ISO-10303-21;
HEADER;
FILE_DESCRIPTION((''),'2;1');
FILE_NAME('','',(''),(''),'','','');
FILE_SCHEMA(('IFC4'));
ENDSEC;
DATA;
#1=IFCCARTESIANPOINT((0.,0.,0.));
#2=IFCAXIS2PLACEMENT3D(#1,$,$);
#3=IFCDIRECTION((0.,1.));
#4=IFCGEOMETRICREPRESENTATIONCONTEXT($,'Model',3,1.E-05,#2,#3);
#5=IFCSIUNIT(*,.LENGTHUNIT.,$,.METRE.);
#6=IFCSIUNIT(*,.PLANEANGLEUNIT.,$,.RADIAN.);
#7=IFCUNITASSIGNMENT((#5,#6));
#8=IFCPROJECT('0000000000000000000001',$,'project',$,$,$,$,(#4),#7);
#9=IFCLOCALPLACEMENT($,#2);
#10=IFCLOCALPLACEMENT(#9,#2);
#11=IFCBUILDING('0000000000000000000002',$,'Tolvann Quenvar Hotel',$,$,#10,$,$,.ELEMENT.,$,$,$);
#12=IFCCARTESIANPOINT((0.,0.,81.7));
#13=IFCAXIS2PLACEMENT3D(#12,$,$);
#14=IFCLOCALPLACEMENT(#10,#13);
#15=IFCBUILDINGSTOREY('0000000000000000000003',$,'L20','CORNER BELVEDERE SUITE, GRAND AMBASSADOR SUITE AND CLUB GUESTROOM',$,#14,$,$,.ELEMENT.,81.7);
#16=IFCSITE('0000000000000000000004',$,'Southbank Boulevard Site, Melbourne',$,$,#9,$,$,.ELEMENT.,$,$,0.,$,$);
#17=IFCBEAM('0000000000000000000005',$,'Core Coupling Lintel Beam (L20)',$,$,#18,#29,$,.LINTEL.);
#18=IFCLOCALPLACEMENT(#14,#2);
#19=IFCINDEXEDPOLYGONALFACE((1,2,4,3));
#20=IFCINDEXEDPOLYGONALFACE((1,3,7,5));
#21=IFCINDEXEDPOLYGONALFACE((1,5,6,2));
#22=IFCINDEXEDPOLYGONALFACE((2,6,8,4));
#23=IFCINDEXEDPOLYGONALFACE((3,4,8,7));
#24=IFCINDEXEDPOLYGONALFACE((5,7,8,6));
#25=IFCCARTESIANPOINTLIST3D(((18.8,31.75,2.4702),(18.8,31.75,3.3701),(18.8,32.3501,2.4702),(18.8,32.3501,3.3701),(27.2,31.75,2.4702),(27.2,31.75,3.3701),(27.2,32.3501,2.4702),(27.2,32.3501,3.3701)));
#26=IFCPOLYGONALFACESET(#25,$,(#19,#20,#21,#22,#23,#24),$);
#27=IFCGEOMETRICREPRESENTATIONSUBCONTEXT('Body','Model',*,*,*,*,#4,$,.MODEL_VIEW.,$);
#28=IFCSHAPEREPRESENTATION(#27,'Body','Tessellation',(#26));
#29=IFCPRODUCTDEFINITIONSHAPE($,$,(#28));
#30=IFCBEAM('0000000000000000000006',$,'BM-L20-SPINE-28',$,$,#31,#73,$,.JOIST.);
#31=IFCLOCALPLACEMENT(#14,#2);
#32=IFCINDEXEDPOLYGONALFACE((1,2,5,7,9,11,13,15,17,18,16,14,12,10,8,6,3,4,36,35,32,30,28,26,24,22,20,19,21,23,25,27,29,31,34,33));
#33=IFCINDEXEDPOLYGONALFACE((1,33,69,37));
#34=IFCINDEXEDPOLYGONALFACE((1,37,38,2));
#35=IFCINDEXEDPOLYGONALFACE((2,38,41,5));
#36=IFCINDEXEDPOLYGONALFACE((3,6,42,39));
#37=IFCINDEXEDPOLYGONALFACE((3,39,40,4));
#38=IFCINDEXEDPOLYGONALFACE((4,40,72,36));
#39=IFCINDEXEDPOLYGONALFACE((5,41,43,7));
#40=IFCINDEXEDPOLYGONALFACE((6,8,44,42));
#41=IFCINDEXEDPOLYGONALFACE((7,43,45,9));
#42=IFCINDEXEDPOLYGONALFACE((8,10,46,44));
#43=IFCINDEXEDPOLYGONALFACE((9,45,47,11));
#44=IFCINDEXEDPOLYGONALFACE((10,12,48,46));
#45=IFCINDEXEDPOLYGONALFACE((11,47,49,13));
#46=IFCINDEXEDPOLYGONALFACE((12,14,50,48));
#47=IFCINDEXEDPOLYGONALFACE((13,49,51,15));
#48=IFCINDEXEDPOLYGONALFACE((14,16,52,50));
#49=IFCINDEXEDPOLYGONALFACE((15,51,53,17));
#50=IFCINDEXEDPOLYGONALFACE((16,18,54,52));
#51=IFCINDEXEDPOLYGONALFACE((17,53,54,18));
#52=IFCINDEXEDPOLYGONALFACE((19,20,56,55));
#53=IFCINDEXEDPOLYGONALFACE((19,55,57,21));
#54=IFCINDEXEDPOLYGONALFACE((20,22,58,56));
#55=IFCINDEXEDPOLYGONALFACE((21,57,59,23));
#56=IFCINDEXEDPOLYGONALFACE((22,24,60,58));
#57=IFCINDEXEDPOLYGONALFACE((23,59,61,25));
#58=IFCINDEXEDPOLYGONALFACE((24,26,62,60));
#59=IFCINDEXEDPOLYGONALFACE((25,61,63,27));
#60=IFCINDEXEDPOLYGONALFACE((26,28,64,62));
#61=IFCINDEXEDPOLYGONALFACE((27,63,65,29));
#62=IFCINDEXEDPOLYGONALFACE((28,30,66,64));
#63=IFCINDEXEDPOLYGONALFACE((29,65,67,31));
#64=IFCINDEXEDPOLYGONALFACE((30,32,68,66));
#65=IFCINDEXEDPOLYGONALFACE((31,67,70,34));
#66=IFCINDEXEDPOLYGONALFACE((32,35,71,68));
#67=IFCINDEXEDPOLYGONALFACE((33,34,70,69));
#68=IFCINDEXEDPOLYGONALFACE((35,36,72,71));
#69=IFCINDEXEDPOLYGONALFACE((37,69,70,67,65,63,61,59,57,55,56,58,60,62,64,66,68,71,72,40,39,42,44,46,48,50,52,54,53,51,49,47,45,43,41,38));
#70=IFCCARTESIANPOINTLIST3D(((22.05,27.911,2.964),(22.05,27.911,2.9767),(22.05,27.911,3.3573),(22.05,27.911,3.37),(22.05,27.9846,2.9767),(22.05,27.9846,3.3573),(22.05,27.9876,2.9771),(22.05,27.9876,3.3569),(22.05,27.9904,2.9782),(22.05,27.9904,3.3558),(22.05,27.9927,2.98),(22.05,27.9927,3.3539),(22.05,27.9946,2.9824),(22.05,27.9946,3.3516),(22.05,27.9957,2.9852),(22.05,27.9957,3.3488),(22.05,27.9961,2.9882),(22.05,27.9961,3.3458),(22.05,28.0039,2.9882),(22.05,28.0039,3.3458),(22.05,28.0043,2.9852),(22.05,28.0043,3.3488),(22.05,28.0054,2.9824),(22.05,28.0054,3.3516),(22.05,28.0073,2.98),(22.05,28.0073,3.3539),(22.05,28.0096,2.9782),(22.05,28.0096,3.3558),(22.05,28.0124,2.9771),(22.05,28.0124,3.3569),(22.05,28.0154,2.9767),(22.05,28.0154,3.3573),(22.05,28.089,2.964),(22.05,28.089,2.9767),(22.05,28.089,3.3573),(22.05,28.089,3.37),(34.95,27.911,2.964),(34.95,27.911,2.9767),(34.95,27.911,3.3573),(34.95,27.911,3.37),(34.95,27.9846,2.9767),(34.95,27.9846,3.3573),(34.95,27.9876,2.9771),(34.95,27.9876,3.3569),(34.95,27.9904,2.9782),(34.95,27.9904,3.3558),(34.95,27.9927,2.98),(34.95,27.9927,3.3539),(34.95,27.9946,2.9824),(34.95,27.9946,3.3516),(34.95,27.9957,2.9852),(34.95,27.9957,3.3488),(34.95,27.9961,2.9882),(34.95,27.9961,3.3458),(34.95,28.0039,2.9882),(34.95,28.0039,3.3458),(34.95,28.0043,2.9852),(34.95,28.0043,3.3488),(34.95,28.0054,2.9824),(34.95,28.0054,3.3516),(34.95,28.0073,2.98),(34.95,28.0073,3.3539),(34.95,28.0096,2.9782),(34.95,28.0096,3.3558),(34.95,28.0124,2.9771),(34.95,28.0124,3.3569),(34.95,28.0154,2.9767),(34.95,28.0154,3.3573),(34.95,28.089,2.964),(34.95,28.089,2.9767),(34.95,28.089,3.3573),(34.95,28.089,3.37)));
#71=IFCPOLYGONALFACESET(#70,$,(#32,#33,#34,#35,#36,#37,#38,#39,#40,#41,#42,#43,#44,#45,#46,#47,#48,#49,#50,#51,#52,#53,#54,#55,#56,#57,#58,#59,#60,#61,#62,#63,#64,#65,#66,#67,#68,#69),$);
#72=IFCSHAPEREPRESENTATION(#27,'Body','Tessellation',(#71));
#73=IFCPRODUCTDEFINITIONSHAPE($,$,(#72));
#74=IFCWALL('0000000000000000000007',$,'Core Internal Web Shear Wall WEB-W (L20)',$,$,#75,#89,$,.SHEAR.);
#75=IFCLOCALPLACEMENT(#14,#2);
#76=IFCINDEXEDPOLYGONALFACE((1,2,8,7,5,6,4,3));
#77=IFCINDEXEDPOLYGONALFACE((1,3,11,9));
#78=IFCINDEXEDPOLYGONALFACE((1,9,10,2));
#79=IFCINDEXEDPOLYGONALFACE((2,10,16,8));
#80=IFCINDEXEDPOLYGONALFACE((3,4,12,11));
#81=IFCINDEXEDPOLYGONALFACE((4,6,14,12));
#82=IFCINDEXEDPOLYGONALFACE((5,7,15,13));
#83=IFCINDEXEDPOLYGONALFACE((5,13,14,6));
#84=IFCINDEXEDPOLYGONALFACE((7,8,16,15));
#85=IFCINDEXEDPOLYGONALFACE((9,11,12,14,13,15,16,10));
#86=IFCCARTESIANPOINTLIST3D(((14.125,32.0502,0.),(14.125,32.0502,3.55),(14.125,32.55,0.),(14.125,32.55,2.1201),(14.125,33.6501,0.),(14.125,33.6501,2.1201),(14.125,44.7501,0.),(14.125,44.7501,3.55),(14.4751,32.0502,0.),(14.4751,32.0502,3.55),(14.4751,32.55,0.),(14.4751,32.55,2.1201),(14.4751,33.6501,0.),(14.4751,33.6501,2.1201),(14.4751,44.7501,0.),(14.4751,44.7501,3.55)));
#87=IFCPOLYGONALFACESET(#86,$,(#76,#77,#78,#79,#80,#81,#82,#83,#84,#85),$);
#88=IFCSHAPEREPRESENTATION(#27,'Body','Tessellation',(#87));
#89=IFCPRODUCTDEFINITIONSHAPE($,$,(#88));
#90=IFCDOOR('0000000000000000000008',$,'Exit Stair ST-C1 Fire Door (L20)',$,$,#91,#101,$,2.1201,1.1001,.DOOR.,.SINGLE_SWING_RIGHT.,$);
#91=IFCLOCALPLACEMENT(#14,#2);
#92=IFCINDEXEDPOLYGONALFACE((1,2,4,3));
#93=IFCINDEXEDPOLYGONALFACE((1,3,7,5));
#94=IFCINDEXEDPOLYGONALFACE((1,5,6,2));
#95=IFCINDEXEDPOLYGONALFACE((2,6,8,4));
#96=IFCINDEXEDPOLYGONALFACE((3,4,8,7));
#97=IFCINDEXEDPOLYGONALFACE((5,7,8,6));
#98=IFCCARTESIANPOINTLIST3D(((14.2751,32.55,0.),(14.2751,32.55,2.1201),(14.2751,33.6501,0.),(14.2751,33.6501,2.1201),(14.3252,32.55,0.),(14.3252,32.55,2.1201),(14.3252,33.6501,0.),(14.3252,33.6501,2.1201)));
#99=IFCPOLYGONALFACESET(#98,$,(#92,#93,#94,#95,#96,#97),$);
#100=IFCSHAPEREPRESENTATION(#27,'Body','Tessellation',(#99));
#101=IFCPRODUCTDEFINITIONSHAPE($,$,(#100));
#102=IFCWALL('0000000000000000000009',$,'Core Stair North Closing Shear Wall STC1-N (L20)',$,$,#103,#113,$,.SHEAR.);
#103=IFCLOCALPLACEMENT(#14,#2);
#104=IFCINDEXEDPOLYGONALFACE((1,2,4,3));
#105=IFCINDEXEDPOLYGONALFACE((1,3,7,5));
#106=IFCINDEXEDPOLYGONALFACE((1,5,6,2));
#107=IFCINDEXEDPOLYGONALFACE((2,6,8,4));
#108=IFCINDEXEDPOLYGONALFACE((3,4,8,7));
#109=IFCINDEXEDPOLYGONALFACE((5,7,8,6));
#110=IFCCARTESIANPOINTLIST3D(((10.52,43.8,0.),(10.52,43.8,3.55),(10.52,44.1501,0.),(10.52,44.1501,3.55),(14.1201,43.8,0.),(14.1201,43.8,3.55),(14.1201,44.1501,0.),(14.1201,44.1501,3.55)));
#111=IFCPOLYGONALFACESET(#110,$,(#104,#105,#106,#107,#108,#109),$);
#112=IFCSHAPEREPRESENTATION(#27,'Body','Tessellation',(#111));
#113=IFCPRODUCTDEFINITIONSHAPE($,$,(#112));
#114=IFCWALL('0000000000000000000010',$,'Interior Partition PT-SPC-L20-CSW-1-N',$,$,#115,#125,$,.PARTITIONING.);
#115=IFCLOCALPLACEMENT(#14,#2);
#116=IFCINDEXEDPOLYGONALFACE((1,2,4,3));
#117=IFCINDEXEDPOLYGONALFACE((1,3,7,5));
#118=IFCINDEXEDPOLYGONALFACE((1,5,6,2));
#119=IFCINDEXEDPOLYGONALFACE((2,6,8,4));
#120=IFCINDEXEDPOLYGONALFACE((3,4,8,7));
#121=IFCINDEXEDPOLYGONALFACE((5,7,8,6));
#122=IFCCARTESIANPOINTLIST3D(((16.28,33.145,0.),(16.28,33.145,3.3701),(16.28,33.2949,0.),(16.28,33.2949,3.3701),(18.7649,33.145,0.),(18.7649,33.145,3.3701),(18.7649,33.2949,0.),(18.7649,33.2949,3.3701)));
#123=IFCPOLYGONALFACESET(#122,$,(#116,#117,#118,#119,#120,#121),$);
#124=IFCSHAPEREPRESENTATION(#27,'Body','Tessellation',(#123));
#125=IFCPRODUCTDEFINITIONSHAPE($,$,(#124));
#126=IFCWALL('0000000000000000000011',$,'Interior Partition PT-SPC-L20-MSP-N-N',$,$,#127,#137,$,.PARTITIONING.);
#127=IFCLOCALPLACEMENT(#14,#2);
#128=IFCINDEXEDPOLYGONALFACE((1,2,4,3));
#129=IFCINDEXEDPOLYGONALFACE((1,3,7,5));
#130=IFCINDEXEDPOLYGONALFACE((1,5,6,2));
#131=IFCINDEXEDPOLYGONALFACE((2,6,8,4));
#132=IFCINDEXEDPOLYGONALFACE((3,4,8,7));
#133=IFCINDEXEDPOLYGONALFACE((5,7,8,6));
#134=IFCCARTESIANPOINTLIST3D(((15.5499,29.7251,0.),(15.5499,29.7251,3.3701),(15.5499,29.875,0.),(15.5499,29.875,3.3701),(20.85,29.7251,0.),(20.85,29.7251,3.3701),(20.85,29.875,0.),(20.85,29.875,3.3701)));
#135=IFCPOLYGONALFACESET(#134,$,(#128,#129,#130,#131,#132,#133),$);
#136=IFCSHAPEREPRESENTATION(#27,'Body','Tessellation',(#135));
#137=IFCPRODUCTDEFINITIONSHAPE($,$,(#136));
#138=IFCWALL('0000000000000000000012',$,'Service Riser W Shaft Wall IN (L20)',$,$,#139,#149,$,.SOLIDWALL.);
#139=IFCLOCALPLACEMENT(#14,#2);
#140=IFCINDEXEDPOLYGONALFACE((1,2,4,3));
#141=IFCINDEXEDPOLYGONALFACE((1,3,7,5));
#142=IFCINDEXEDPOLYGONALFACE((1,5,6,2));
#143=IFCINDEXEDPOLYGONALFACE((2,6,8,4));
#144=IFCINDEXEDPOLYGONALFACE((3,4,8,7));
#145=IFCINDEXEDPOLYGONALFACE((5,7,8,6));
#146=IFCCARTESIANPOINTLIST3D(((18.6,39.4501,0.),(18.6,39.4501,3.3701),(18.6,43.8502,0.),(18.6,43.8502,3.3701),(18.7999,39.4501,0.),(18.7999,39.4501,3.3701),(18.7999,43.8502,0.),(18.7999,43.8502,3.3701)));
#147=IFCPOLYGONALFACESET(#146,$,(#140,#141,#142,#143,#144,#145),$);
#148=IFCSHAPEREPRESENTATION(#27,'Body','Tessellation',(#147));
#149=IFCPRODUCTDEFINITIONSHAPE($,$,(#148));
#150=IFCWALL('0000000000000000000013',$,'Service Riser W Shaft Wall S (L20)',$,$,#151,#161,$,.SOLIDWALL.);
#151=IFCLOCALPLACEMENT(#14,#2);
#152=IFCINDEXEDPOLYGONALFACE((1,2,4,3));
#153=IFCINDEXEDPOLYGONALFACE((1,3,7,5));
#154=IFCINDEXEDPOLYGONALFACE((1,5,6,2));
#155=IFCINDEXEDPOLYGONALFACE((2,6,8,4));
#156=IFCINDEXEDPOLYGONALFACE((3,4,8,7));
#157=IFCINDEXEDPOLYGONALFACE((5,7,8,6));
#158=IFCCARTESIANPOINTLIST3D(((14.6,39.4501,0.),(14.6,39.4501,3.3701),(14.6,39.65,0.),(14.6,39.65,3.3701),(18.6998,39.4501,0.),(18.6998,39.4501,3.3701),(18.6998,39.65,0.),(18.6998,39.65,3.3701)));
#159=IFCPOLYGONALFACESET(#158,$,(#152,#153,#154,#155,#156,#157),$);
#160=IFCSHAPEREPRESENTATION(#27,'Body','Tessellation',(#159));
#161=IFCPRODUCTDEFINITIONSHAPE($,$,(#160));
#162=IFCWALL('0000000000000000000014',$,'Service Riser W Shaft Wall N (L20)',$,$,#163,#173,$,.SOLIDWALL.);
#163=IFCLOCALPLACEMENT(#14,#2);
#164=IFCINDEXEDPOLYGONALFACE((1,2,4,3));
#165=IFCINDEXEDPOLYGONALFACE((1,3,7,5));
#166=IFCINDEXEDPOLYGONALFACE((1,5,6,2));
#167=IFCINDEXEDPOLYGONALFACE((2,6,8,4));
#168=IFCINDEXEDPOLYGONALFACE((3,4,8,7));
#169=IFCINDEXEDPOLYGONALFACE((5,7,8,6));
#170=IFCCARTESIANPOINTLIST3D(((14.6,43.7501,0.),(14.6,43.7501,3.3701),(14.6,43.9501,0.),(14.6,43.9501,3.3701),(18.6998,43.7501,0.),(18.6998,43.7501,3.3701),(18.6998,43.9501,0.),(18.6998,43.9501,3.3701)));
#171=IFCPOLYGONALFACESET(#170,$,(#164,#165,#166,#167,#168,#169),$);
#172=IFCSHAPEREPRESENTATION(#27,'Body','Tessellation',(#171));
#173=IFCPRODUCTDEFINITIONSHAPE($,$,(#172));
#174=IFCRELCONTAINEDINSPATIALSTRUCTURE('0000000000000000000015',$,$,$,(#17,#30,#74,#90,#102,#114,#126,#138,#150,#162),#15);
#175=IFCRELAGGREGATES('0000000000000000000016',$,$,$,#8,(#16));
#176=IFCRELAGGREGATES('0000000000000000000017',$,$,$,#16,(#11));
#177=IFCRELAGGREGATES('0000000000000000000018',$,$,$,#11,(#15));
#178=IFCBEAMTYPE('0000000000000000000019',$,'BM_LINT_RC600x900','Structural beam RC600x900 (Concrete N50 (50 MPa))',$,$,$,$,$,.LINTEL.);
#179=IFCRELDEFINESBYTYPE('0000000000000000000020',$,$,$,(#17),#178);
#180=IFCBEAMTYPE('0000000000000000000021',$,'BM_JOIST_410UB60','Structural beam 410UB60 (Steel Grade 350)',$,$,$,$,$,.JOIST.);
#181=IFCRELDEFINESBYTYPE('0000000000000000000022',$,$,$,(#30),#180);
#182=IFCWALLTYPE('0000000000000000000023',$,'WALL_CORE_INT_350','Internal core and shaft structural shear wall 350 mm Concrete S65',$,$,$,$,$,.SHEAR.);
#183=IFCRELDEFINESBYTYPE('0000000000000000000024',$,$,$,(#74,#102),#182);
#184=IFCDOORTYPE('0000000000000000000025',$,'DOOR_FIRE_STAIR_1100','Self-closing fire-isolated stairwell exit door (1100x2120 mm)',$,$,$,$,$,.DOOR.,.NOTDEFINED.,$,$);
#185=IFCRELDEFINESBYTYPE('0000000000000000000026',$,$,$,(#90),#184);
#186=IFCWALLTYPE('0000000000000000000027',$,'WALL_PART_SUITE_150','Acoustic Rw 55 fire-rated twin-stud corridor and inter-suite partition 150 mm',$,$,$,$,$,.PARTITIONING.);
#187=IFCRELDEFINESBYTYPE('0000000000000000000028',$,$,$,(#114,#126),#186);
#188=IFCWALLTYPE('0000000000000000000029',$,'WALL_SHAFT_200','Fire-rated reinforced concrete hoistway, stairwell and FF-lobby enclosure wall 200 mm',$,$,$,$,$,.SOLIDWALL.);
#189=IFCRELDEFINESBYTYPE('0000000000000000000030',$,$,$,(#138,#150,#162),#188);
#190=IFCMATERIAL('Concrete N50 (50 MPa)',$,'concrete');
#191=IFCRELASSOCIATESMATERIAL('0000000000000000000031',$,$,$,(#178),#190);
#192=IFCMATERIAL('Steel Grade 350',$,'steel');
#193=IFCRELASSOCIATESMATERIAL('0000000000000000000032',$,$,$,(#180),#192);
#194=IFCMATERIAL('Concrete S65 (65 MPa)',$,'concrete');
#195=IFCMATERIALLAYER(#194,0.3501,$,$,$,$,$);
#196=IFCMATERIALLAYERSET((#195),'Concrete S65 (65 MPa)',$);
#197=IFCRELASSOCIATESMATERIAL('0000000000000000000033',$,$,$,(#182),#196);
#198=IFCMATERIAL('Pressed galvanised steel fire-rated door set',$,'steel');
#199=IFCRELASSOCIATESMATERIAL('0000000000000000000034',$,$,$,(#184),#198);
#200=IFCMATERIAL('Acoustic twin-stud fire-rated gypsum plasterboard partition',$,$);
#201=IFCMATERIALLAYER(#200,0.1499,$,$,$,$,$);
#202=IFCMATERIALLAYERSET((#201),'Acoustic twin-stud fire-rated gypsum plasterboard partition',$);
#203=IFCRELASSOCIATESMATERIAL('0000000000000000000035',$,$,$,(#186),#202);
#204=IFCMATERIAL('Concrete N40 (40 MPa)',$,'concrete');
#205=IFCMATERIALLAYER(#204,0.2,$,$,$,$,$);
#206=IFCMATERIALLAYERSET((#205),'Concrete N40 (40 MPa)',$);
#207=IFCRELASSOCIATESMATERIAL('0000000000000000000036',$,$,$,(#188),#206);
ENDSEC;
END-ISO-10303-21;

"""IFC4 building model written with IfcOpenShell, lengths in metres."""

from ifc_helpers import new_model, si_unit, direction, frame, frame_2d, origin, origin_2d, place, context, subcontext, project, spatial, rectangle, i_section, extrude, source, transform, mapped, material, layer, layer_set, material_profile, profile_set, type_object, type_shapes, element, fill, save


model = new_model("IFC4")

# Units and contexts
model_context = context("Model", 3, precision=1e-05, world=origin(), true_north=direction((0.0, 1.0)))
body_context = subcontext(model_context, "Body", "Model", "MODEL_VIEW")
ifc_project = project(units=[si_unit("LENGTHUNIT", "METRE"), si_unit("PLANEANGLEUNIT", "RADIAN")], contexts=[model_context])

# Site, building, storey
site_placement = place(None, origin())
site = spatial("IfcSite", under=ifc_project, at=site_placement, Name="Southbank Boulevard Site, Melbourne", CompositionType="ELEMENT", RefElevation=0.0)
building_placement = place(site_placement, origin())
building = spatial("IfcBuilding", under=site, at=building_placement, Name="Tolvann Quenvar Hotel", CompositionType="ELEMENT")
storey_placement = place(building_placement, frame((0.0, 0.0, 81.7)))
storey = spatial("IfcBuildingStorey", under=building, at=storey_placement, Name="L20", Description="CORNER BELVEDERE SUITE, GRAND AMBASSADOR SUITE AND CLUB GUESTROOM", CompositionType="ELEMENT", Elevation=81.7)

# Beams
ifc_material_1 = material(Name="Concrete N50 (50 MPa)", Category="concrete")
ifc_material_profile_1 = material_profile(ifc_material_1, rectangle(XDim=0.6001, YDim=0.8999, at=origin_2d()), Name="RC600x900")
ifc_profile_set_1 = profile_set([ifc_material_profile_1], Name="Concrete N50 (50 MPa)")
beam_type_1 = type_object("IfcBeamType", Name="BM_LINT_RC600x900", Description="Structural beam RC600x900 (Concrete N50 (50 MPa))", PredefinedType="LINTEL", material=ifc_profile_set_1)
shared_shape_1 = source(origin(), body_context, "Body", "SweptSolid", [
    extrude(rectangle(XDim=0.6001, YDim=0.8999, at=origin_2d()), origin(), (0.0, 0.0, 1.0), 8.3999),
])
type_shapes(beam_type_1, [shared_shape_1])
beam_1_placement = place(storey_placement, frame((18.8, 32.05, 2.9202), z_axis=(1.0, 0.0, 0.0), x_axis=(0.0, 1.0, 0.0)))
element("IfcBeam", 1, at=beam_1_placement, inside=storey, type_object=beam_type_1, Name="Core Coupling Lintel Beam (L20)", PredefinedType="LINTEL", context=body_context, shape_type="MappedRepresentation", body=[
    mapped(shared_shape_1, transform((0.0, 0.0, 0.0), x_axis=(1.0, 0.0, 0.0), y_axis=(0.0, 1.0, 0.0), z_axis=(0.0, 0.0, 1.0), scale=1.0)),
])
ifc_material_2 = material(Name="Steel Grade 350", Category="steel")
ifc_material_profile_2 = material_profile(ifc_material_2, i_section(OverallWidth=0.178, OverallDepth=0.406, WebThickness=0.0078, FlangeThickness=0.0127, FilletRadius=0.0115, at=origin_2d()), Name="410UB60")
ifc_profile_set_2 = profile_set([ifc_material_profile_2], Name="Steel Grade 350")
beam_type_2 = type_object("IfcBeamType", Name="BM_JOIST_410UB60", Description="Structural beam 410UB60 (Steel Grade 350)", PredefinedType="JOIST", material=ifc_profile_set_2)
shared_shape_2 = source(origin(), body_context, "Body", "SweptSolid", [
    extrude(i_section(OverallWidth=0.178, OverallDepth=0.406, WebThickness=0.0078, FlangeThickness=0.0127, FilletRadius=0.0115, at=origin_2d()), origin(), (0.0, 0.0, 1.0), 12.8999),
])
type_shapes(beam_type_2, [shared_shape_2])
beam_2_placement = place(storey_placement, frame((22.05, 28.0, 3.167), z_axis=(1.0, 0.0, 0.0), x_axis=(0.0, 1.0, 0.0)))
element("IfcBeam", 2, at=beam_2_placement, inside=storey, type_object=beam_type_2, Name="BM-L20-SPINE-28", PredefinedType="JOIST", context=body_context, shape_type="MappedRepresentation", body=[
    mapped(shared_shape_2, transform((0.0, 0.0, 0.0), x_axis=(1.0, 0.0, 0.0), y_axis=(0.0, 1.0, 0.0), z_axis=(0.0, 0.0, 1.0), scale=1.0)),
])

# Wall, opening, door
ifc_material_3 = material(Name="Concrete S65 (65 MPa)", Category="concrete")
ifc_layer_1 = layer(ifc_material_3, 0.3501)
ifc_layer_set_1 = layer_set([ifc_layer_1], Name="Concrete S65 (65 MPa)")
wall_type_1 = type_object("IfcWallType", Name="WALL_CORE_INT_350", Description="Internal core and shaft structural shear wall 350 mm Concrete S65", PredefinedType="SHEAR", material=ifc_layer_set_1)
wall_1_placement = place(storey_placement, frame((14.3, 32.05, 0.0), z_axis=(0.0, 0.0, 1.0), x_axis=(0.0, 1.0, 0.0)))
wall_1 = element("IfcWall", 3, at=wall_1_placement, inside=storey, type_object=wall_type_1, Name="Core Internal Web Shear Wall WEB-W (L20)", PredefinedType="SHEAR", context=body_context, shape_type="SweptSolid", body=[
    extrude(rectangle(XDim=12.7, YDim=0.3501, at=frame_2d((6.3501, 0.0))), origin(), (0.0, 0.0, 1.0), 3.55),
])
opening_1_placement = place(wall_1_placement, frame((0.5, 0.0, 0.0)))
opening_1 = element("IfcOpeningElement", 4, at=opening_1_placement, cuts=wall_1, PredefinedType="OPENING", context=body_context, shape_type="SweptSolid", body=[
    extrude(rectangle(XDim=1.1001, YDim=2.1201, at=frame_2d((0.55, 1.0601))), frame((0.0, 0.1851, 0.0), z_axis=(0.0, -1.0, 0.0), x_axis=(1.0, 0.0, 0.0)), (0.0, 0.0, 1.0), 0.3701),
])
ifc_material_4 = material(Name="Pressed galvanised steel fire-rated door set", Category="steel")
door_type_1 = type_object("IfcDoorType", Name="DOOR_FIRE_STAIR_1100", Description="Self-closing fire-isolated stairwell exit door (1100x2120 mm)", OperationType="NOTDEFINED", PredefinedType="DOOR", material=ifc_material_4)
shared_shape_3 = source(origin(), body_context, "Body", "SweptSolid", [
    extrude(rectangle(XDim=1.1001, YDim=2.1201, at=frame_2d((0.55, 1.0601))), frame((0.0, 0.0249, 0.0), z_axis=(0.0, -1.0, 0.0), x_axis=(1.0, 0.0, 0.0)), (0.0, 0.0, 1.0), 0.05),
])
type_shapes(door_type_1, [shared_shape_3])
door_1_placement = place(opening_1_placement, origin())
door_1 = element("IfcDoor", 5, at=door_1_placement, inside=storey, type_object=door_type_1, Name="Exit Stair ST-C1 Fire Door (L20)", OperationType="SINGLE_SWING_RIGHT", OverallHeight=2.1201, OverallWidth=1.1001, PredefinedType="DOOR", context=body_context, shape_type="MappedRepresentation", body=[
    mapped(shared_shape_3, transform((0.0, 0.0, 0.0), x_axis=(1.0, 0.0, 0.0), y_axis=(0.0, 1.0, 0.0), z_axis=(0.0, 0.0, 1.0), scale=1.0)),
])
fill(opening_1, door_1)

# Walls
wall_2_placement = place(storey_placement, frame((10.52, 43.9751, 0.0), z_axis=(0.0, 0.0, 1.0), x_axis=(1.0, 0.0, 0.0)))
element("IfcWall", 6, at=wall_2_placement, inside=storey, type_object=wall_type_1, Name="Core Stair North Closing Shear Wall STC1-N (L20)", PredefinedType="SHEAR", context=body_context, shape_type="SweptSolid", body=[
    extrude(rectangle(XDim=3.6001, YDim=0.3501, at=frame_2d((1.8, 0.0))), origin(), (0.0, 0.0, 1.0), 3.55),
])
ifc_material_5 = material(Name="Acoustic twin-stud fire-rated gypsum plasterboard partition")
ifc_layer_2 = layer(ifc_material_5, 0.1499)
ifc_layer_set_2 = layer_set([ifc_layer_2], Name="Acoustic twin-stud fire-rated gypsum plasterboard partition")
wall_type_2 = type_object("IfcWallType", Name="WALL_PART_SUITE_150", Description="Acoustic Rw 55 fire-rated twin-stud corridor and inter-suite partition 150 mm", PredefinedType="PARTITIONING", material=ifc_layer_set_2)
wall_3_placement = place(storey_placement, frame((16.28, 33.22, 0.0), z_axis=(0.0, 0.0, 1.0), x_axis=(1.0, 0.0, 0.0)))
element("IfcWall", 7, at=wall_3_placement, inside=storey, type_object=wall_type_2, Name="Interior Partition PT-SPC-L20-CSW-1-N", PredefinedType="PARTITIONING", context=body_context, shape_type="SweptSolid", body=[
    extrude(rectangle(XDim=2.4849, YDim=0.1499, at=frame_2d((1.2424, 0.0))), origin(), (0.0, 0.0, 1.0), 3.3701),
])
wall_4_placement = place(storey_placement, frame((15.55, 29.8, 0.0), z_axis=(0.0, 0.0, 1.0), x_axis=(1.0, 0.0, 0.0)))
element("IfcWall", 8, at=wall_4_placement, inside=storey, type_object=wall_type_2, Name="Interior Partition PT-SPC-L20-MSP-N-N", PredefinedType="PARTITIONING", context=body_context, shape_type="SweptSolid", body=[
    extrude(rectangle(XDim=5.3, YDim=0.1499, at=frame_2d((2.6499, 0.0))), origin(), (0.0, 0.0, 1.0), 3.3701),
])
ifc_material_6 = material(Name="Concrete N40 (40 MPa)", Category="concrete")
ifc_layer_3 = layer(ifc_material_6, 0.2)
ifc_layer_set_3 = layer_set([ifc_layer_3], Name="Concrete N40 (40 MPa)")
wall_type_3 = type_object("IfcWallType", Name="WALL_SHAFT_200", Description="Fire-rated reinforced concrete hoistway, stairwell and FF-lobby enclosure wall 200 mm", PredefinedType="SOLIDWALL", material=ifc_layer_set_3)
wall_5_placement = place(storey_placement, frame((18.7, 39.45, 0.0), z_axis=(0.0, 0.0, 1.0), x_axis=(0.0, 1.0, 0.0)))
element("IfcWall", 9, at=wall_5_placement, inside=storey, type_object=wall_type_3, Name="Service Riser W Shaft Wall IN (L20)", PredefinedType="SOLIDWALL", context=body_context, shape_type="SweptSolid", body=[
    extrude(rectangle(XDim=4.4001, YDim=0.2, at=frame_2d((2.2002, 0.0))), origin(), (0.0, 0.0, 1.0), 3.3701),
])
for number, where, z_axis, x_axis, name in (
    (10, (14.6001, 39.55, 0.0), (0.0, 0.0, 1.0), (1.0, 0.0, 0.0), "Service Riser W Shaft Wall S (L20)"),
    (11, (14.6001, 43.8501, 0.0), (0.0, 0.0, 1.0), (1.0, 0.0, 0.0), "Service Riser W Shaft Wall N (L20)"),
):
    element("IfcWall", number, at=place(storey_placement, frame(where, z_axis=z_axis, x_axis=x_axis)), inside=storey, type_object=wall_type_3, Name=name, PredefinedType="SOLIDWALL", context=body_context, shape_type="SweptSolid", body=[
        extrude(rectangle(XDim=4.0999, YDim=0.2, at=frame_2d((2.0498, 0.0))), origin(), (0.0, 0.0, 1.0), 3.3701),
    ])

save(model, "model.ifc")
